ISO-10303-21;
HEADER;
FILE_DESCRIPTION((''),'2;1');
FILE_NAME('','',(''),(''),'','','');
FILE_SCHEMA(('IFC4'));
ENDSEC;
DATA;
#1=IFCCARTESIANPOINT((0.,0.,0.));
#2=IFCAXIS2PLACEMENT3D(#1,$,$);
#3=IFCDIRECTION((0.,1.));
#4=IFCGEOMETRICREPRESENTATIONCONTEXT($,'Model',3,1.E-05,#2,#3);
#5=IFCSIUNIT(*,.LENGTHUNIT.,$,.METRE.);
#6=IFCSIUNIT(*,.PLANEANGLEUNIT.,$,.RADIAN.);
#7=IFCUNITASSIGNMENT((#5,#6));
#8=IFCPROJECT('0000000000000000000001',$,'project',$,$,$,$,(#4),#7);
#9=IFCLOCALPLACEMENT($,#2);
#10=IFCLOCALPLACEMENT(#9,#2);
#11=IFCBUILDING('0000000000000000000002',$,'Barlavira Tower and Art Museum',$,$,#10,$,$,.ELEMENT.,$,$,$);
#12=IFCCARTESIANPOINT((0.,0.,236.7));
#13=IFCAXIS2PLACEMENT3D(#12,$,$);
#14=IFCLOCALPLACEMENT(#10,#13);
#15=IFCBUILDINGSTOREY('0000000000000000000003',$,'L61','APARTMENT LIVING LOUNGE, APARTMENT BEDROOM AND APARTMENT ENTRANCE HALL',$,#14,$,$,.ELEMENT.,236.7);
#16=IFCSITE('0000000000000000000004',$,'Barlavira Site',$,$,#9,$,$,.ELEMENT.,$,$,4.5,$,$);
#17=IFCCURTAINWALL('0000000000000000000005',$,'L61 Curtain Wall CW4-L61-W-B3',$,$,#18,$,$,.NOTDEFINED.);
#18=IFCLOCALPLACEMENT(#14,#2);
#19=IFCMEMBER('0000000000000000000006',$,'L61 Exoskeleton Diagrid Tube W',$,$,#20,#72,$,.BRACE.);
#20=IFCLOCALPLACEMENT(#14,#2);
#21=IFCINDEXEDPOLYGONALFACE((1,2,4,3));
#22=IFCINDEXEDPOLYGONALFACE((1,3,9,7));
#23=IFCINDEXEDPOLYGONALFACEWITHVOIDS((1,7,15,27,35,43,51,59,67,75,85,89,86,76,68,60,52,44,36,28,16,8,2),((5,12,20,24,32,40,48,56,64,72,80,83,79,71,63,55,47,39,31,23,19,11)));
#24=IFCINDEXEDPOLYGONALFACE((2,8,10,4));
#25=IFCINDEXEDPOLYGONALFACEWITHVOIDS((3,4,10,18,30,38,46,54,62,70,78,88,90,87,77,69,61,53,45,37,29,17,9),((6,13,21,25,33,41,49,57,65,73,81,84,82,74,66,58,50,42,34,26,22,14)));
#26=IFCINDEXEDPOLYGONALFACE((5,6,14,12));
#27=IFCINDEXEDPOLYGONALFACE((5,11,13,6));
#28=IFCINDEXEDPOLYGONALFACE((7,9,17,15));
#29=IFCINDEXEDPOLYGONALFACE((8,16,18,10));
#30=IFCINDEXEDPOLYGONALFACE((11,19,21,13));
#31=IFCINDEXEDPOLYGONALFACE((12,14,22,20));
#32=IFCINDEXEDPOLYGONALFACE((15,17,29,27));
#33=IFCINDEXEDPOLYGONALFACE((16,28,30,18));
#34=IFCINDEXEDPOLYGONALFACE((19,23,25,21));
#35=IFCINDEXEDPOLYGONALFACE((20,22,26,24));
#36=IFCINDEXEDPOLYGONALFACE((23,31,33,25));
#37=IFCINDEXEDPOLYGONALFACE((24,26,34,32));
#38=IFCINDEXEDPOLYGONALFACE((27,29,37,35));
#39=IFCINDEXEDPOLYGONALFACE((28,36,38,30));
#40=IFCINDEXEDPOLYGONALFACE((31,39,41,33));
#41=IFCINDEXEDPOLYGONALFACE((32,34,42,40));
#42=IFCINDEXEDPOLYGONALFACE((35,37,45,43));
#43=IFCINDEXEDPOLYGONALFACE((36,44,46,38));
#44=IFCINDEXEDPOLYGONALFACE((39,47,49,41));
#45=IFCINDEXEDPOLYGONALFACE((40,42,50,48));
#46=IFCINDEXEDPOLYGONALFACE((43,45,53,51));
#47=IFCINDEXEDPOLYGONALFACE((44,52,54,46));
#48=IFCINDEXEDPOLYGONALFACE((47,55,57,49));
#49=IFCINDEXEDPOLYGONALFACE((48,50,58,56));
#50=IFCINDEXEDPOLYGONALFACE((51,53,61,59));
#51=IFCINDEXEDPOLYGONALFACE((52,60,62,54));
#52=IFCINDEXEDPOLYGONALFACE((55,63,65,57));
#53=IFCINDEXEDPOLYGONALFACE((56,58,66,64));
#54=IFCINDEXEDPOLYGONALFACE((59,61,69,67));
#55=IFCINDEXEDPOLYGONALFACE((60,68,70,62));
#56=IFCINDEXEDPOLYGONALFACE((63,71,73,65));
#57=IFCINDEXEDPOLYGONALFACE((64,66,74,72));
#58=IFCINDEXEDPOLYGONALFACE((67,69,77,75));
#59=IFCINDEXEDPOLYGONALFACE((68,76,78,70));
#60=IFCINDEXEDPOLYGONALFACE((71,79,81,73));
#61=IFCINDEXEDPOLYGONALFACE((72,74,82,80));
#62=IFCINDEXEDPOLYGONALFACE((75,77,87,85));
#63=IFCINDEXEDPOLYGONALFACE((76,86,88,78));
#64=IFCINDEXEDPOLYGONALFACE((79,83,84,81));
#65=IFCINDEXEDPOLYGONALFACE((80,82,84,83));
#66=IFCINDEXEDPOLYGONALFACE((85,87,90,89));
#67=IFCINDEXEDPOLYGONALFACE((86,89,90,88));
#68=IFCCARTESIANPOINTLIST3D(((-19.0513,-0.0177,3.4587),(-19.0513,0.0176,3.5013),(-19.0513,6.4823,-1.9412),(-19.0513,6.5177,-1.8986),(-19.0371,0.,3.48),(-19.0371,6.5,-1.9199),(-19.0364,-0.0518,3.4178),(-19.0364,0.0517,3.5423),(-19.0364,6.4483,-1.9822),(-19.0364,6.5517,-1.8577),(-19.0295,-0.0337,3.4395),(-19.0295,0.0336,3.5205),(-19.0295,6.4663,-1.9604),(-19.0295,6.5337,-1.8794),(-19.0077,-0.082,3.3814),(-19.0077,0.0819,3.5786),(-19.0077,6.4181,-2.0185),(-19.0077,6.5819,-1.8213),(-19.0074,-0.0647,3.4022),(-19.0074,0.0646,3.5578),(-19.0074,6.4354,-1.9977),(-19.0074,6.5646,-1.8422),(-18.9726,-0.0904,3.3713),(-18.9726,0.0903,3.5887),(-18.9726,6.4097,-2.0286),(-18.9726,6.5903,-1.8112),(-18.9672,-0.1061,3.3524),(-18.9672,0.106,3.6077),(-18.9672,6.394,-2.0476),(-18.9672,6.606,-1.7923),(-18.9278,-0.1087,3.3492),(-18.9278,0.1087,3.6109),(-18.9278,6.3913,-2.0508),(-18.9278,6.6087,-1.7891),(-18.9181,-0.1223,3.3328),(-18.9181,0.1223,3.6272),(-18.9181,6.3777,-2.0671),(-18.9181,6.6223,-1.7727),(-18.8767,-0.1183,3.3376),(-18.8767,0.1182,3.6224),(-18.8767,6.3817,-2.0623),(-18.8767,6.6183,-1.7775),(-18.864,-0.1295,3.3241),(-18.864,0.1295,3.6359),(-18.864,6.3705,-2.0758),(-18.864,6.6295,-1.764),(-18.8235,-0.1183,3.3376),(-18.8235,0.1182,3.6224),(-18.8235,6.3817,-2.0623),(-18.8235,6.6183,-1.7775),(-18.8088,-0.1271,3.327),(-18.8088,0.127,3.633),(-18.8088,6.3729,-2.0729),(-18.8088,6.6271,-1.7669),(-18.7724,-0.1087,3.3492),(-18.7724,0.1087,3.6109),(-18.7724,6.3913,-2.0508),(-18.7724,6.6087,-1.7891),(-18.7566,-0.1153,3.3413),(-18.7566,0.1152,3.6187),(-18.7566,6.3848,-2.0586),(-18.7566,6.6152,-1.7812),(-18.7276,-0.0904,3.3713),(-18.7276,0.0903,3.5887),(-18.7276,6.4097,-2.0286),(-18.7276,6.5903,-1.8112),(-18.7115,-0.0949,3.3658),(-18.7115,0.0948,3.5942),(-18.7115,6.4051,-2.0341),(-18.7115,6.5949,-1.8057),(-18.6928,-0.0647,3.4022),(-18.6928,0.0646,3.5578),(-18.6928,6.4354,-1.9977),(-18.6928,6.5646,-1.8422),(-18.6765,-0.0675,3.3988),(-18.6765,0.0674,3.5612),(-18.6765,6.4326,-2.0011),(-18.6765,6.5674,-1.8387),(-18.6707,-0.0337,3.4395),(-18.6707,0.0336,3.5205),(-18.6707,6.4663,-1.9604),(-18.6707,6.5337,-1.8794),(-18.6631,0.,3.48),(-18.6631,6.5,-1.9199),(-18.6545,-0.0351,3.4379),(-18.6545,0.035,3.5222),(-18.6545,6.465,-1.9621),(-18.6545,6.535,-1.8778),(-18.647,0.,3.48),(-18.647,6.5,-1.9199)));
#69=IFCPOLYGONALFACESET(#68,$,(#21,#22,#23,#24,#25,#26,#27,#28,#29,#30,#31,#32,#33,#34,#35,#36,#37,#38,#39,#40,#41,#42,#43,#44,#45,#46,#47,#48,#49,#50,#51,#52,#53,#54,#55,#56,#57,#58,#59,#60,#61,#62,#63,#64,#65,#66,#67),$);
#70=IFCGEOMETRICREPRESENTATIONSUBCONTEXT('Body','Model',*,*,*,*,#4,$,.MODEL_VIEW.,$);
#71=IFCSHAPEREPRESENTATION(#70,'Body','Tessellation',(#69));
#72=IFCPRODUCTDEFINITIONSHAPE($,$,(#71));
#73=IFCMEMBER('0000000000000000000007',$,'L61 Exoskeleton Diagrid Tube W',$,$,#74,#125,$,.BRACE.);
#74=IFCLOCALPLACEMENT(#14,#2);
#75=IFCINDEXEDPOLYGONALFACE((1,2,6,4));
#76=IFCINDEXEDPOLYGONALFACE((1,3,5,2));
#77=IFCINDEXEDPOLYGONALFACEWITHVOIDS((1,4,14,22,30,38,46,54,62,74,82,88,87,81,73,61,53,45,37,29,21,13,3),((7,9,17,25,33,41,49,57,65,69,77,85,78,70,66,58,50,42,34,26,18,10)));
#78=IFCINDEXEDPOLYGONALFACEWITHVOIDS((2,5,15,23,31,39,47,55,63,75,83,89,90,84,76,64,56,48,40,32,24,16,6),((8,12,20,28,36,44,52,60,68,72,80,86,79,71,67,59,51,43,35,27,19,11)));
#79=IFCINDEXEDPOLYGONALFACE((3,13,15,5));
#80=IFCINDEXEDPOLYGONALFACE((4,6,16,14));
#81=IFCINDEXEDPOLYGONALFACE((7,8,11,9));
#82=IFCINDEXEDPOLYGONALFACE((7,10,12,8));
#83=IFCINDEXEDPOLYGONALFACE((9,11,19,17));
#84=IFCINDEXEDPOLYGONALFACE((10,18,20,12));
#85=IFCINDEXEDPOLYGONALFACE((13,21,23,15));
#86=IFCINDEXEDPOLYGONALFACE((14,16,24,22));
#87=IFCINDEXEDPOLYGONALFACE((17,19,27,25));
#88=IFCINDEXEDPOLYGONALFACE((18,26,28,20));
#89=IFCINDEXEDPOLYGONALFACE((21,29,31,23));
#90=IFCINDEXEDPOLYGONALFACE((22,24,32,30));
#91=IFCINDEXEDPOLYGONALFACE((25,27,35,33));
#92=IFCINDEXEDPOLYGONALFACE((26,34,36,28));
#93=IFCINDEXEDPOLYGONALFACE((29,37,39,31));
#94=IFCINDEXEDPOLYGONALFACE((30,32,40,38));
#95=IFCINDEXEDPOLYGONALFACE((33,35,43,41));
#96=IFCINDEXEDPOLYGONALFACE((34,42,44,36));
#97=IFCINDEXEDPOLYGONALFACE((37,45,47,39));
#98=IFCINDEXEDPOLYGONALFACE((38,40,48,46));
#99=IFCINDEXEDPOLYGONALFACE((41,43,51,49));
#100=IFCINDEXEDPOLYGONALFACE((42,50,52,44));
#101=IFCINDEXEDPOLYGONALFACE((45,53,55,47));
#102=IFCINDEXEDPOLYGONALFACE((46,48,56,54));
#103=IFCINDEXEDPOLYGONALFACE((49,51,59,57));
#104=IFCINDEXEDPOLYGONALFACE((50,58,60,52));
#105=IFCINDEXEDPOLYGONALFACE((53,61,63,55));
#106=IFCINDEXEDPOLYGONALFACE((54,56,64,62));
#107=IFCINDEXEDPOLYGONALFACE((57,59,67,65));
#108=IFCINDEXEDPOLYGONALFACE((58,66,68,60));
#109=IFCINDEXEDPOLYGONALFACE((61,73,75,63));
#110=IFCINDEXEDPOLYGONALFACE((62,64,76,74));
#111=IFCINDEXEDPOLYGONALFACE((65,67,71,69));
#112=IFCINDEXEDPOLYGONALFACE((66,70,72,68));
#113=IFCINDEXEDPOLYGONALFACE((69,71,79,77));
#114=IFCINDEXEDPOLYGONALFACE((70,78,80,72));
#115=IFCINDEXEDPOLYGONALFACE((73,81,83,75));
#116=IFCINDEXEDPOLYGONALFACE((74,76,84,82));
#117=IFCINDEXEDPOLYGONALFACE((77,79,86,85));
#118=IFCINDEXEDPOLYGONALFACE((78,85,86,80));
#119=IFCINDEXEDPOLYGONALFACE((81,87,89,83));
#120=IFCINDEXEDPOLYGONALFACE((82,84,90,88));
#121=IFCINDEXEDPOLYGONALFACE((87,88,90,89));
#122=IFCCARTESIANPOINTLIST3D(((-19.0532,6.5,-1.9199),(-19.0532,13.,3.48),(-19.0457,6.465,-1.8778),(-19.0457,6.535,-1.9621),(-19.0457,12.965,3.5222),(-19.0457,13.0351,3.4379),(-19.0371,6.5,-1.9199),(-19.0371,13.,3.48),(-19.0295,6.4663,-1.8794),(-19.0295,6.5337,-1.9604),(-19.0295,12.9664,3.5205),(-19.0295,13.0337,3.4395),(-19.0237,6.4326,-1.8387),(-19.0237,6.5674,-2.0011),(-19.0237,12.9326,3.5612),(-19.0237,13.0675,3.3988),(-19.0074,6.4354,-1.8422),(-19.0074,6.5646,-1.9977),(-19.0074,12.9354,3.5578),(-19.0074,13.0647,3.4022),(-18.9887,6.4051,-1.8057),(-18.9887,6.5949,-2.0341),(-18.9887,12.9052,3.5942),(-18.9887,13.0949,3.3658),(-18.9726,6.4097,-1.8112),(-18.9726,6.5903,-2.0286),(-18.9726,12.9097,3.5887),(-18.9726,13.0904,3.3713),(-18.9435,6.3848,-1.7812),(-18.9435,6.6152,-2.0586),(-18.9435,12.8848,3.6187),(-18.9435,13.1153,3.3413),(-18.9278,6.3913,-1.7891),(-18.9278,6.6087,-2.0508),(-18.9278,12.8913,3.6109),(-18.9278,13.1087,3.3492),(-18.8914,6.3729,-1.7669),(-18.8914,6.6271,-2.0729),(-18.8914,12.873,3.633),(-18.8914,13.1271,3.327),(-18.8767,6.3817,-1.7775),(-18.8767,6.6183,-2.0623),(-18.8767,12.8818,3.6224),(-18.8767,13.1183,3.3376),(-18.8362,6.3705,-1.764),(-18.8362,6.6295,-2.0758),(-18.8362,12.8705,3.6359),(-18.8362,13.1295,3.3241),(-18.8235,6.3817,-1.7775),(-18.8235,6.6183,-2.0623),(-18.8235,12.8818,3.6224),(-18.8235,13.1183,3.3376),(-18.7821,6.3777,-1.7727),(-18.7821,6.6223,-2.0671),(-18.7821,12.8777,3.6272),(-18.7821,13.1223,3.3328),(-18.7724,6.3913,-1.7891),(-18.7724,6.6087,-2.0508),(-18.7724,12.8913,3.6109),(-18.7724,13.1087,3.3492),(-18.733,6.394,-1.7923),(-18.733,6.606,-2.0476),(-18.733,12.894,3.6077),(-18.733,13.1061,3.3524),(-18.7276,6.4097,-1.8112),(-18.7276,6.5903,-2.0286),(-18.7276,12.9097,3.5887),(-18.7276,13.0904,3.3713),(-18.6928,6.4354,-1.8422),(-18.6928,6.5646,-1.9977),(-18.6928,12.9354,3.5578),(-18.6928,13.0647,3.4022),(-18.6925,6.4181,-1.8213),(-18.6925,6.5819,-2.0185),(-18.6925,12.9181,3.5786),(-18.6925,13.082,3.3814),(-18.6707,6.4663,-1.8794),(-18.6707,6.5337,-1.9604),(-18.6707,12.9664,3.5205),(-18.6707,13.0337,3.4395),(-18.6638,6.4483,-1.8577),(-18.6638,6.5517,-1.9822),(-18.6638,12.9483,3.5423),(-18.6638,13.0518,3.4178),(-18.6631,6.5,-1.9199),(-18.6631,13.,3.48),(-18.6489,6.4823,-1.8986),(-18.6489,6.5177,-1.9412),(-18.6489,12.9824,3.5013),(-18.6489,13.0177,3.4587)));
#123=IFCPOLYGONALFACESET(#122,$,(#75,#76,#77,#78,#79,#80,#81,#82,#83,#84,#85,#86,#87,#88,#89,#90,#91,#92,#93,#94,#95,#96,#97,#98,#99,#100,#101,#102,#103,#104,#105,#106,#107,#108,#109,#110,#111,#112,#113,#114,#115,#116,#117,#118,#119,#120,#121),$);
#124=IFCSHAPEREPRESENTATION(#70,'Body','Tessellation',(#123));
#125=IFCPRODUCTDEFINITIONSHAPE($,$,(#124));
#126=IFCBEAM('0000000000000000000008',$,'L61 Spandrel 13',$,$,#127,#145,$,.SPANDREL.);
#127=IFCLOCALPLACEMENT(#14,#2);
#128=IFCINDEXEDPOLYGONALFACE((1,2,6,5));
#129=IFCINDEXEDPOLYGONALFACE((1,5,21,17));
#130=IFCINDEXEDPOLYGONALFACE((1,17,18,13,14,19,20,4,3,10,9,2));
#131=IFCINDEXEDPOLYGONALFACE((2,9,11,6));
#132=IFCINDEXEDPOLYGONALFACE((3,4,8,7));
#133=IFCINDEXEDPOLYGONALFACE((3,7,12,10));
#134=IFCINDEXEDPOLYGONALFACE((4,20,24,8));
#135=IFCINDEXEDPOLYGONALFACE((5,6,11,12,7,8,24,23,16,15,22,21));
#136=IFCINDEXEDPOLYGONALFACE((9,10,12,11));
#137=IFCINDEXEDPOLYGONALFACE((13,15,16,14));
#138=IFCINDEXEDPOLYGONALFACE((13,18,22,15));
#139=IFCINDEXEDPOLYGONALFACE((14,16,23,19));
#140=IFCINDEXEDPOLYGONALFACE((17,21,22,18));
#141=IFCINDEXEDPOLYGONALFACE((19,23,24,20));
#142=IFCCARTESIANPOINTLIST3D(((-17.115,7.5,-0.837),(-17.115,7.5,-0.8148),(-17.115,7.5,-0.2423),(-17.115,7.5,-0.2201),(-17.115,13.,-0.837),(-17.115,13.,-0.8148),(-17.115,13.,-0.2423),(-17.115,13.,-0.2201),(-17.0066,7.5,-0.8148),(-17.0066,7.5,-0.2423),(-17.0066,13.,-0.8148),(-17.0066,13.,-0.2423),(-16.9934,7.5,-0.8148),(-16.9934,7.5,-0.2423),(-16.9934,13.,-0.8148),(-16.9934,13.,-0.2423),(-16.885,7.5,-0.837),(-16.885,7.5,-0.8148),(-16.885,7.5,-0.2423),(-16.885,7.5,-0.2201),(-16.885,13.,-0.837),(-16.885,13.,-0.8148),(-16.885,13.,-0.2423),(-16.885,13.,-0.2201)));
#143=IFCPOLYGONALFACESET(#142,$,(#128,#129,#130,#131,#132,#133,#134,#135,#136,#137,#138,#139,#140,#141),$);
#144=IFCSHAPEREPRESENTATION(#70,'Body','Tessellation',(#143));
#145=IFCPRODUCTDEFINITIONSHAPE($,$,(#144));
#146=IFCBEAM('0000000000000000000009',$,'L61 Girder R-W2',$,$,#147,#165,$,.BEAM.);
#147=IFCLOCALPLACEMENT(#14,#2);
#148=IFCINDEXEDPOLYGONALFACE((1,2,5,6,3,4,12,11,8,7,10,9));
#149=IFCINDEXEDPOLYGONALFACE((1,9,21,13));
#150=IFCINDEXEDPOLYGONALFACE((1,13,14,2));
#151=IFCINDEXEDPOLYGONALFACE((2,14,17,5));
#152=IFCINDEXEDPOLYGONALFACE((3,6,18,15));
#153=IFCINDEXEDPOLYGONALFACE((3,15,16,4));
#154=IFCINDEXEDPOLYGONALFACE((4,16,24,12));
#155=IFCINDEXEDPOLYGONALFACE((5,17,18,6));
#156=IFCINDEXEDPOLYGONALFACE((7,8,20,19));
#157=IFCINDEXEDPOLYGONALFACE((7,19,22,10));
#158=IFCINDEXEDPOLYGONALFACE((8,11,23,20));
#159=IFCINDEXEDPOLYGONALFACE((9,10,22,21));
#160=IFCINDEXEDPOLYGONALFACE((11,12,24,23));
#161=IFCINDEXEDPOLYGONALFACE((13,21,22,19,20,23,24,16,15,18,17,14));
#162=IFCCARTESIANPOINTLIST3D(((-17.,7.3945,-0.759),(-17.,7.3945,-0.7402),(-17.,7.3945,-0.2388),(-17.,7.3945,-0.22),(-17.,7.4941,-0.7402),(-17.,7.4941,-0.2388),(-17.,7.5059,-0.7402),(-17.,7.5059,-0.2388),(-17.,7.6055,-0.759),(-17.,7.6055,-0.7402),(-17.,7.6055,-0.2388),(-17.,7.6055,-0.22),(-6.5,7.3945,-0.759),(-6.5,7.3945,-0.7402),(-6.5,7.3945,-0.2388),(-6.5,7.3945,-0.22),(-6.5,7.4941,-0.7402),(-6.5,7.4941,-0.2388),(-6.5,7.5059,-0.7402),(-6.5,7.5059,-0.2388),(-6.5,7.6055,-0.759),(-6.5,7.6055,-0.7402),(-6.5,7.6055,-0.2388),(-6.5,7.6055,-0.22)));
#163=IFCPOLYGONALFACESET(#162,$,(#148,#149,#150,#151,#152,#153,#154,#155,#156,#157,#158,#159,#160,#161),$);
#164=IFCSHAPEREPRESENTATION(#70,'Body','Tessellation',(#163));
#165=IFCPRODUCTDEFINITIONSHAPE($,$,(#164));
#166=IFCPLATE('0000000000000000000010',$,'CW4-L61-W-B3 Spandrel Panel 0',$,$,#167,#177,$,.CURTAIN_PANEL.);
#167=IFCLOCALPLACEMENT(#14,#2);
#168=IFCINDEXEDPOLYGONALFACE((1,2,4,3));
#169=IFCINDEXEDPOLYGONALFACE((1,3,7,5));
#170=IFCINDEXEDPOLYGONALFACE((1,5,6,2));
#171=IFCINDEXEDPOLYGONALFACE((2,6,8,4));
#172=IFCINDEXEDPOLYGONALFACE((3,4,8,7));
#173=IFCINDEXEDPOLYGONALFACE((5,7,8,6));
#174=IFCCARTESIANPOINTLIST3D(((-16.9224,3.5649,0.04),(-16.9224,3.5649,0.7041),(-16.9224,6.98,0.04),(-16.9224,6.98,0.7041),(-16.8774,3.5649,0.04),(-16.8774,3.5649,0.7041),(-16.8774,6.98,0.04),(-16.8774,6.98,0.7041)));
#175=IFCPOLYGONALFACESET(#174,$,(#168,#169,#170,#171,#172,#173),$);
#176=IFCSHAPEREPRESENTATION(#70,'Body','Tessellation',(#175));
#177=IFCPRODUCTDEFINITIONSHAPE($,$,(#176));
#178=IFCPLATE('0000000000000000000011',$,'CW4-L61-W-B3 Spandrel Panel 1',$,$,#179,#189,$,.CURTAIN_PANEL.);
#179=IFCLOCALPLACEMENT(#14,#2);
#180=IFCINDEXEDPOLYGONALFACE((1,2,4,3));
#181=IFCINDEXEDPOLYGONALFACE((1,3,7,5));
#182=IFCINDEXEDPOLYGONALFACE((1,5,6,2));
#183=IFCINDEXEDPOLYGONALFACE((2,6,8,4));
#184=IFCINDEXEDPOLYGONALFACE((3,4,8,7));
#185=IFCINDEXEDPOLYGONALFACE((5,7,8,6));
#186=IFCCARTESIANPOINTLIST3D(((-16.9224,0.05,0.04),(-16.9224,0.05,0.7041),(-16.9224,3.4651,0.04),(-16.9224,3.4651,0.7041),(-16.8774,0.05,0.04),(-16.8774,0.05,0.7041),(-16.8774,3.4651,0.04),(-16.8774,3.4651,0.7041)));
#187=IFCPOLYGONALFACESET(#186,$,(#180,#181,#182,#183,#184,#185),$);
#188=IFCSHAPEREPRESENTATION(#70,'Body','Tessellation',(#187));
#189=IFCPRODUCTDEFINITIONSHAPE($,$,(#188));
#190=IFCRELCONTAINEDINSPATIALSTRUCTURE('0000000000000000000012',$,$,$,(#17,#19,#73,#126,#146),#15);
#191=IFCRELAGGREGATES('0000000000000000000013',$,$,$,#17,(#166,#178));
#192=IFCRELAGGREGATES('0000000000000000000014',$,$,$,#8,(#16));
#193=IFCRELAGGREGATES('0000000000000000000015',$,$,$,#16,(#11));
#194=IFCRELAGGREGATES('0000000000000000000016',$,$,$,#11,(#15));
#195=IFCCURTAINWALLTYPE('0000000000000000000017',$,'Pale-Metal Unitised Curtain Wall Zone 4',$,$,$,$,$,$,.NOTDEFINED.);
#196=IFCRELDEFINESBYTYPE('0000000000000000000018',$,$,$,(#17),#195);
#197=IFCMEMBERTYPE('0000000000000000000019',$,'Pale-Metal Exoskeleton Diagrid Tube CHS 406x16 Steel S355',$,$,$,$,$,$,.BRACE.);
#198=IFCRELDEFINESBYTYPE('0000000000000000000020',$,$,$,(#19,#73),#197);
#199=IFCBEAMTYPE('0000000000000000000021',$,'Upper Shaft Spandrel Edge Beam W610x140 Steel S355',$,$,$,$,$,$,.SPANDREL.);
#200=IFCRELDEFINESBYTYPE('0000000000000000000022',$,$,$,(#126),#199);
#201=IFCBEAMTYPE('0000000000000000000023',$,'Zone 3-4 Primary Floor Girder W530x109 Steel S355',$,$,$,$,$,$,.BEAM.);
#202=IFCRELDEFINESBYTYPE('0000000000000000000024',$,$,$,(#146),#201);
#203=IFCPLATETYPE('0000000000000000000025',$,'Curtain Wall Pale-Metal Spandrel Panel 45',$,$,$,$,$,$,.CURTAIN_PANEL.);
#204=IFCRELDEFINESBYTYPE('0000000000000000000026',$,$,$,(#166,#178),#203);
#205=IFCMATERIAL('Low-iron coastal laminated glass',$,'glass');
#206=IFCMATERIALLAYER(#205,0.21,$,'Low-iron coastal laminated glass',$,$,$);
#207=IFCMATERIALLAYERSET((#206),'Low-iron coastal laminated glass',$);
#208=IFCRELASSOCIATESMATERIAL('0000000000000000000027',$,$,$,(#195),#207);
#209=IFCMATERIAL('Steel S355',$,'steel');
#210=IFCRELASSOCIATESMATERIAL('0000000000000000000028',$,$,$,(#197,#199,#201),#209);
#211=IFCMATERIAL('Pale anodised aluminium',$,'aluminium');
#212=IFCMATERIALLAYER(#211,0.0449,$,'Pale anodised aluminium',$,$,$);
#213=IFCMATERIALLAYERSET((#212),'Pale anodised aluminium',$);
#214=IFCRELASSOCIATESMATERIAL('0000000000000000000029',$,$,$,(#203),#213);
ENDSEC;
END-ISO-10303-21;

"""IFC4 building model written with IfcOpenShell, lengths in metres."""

from ifc_helpers import new_model, si_unit, direction, frame, origin, origin_2d, place, context, subcontext, project, spatial, rectangle, hollow_circle, i_section, extrude, material, layer, layer_set, material_profile, profile_set, type_object, element, aggregate, save


model = new_model("IFC4")

# Units and contexts
model_context = context("Model", 3, precision=1e-05, world=origin(), true_north=direction((0.0, 1.0)))
body_context = subcontext(model_context, "Body", "Model", "MODEL_VIEW")
ifc_project = project(units=[si_unit("LENGTHUNIT", "METRE"), si_unit("PLANEANGLEUNIT", "RADIAN")], contexts=[model_context])

# Site, building, storey
site_placement = place(None, origin())
site = spatial("IfcSite", under=ifc_project, at=site_placement, Name="Barlavira Site", CompositionType="ELEMENT", RefElevation=4.5)
building_placement = place(site_placement, origin())
building = spatial("IfcBuilding", under=site, at=building_placement, Name="Barlavira Tower and Art Museum", CompositionType="ELEMENT")
storey_placement = place(building_placement, frame((0.0, 0.0, 236.7)))
storey = spatial("IfcBuildingStorey", under=building, at=storey_placement, Name="L61", Description="APARTMENT LIVING LOUNGE, APARTMENT BEDROOM AND APARTMENT ENTRANCE HALL", CompositionType="ELEMENT", Elevation=236.7)

# Curtain wall
ifc_material_1 = material(Name="Low-iron coastal laminated glass", Category="glass")
ifc_layer_1 = layer(ifc_material_1, 0.21, Name="Low-iron coastal laminated glass")
ifc_layer_set_1 = layer_set([ifc_layer_1], Name="Low-iron coastal laminated glass")
curtain_wall_type = type_object("IfcCurtainWallType", Name="Pale-Metal Unitised Curtain Wall Zone 4", PredefinedType="NOTDEFINED", material=ifc_layer_set_1)
curtain_wall_placement = place(storey_placement, origin())
curtain_wall = element("IfcCurtainWall", 1, at=curtain_wall_placement, inside=storey, type_object=curtain_wall_type, Name="L61 Curtain Wall CW4-L61-W-B3", PredefinedType="NOTDEFINED")
ifc_material_2 = material(Name="Pale anodised aluminium", Category="aluminium")

# Members
ifc_material_3 = material(Name="Steel S355", Category="steel")
ifc_material_profile_1 = material_profile(ifc_material_3, hollow_circle(Radius=0.2031, WallThickness=0.0161, at=origin_2d()), Name="CHS 406.4x16.0")
ifc_profile_set_1 = profile_set([ifc_material_profile_1], Name="Steel S355")
member_type_1 = type_object("IfcMemberType", Name="Pale-Metal Exoskeleton Diagrid Tube CHS 406x16 Steel S355", PredefinedType="BRACE", material=ifc_profile_set_1)
for number, where, z_axis, x_axis, name in (
    (2, (-18.8501, 6.5, -1.9199), (0.0, -0.769196, 0.639013), (1.0, 0.0, 0.0), "L61 Exoskeleton Diagrid Tube W"),
    (3, (-18.8501, 6.5, -1.9199), (0.0, 0.769196, 0.639013), (-1.0, 0.0, 0.0), "L61 Exoskeleton Diagrid Tube W"),
):
    element("IfcMember", number, at=place(storey_placement, frame(where, z_axis=z_axis, x_axis=x_axis)), inside=storey, type_object=member_type_1, Name=name, PredefinedType="BRACE", context=body_context, shape_type="SweptSolid", body=[
        extrude(hollow_circle(Radius=0.2031, WallThickness=0.0161, at=origin_2d()), origin(), (0.0, 0.0, 1.0), 8.4504),
    ])

# Beams
ifc_material_profile_2 = material_profile(ifc_material_3, i_section(OverallWidth=0.23, OverallDepth=0.6169, WebThickness=0.0132, FlangeThickness=0.0222, at=origin_2d()), Name="W610x140.0")
ifc_profile_set_2 = profile_set([ifc_material_profile_2], Name="Steel S355")
beam_type_1 = type_object("IfcBeamType", Name="Upper Shaft Spandrel Edge Beam W610x140 Steel S355", PredefinedType="SPANDREL", material=ifc_profile_set_2)
beam_1_placement = place(storey_placement, frame((-17.0, 7.5, -0.5286), z_axis=(0.0, 1.0, 0.0), x_axis=(-1.0, 0.0, 0.0)))
element("IfcBeam", 4, at=beam_1_placement, inside=storey, type_object=beam_type_1, Name="L61 Spandrel 13", PredefinedType="SPANDREL", context=body_context, shape_type="SweptSolid", body=[
    extrude(i_section(OverallWidth=0.23, OverallDepth=0.6169, WebThickness=0.0132, FlangeThickness=0.0222, at=origin_2d()), origin(), (0.0, 0.0, 1.0), 5.5),
])
ifc_material_profile_3 = material_profile(ifc_material_3, i_section(OverallWidth=0.2109, OverallDepth=0.5391, WebThickness=0.0117, FlangeThickness=0.0188, at=origin_2d()), Name="W530x109.0")
ifc_profile_set_3 = profile_set([ifc_material_profile_3], Name="Steel S355")
beam_type_2 = type_object("IfcBeamType", Name="Zone 3-4 Primary Floor Girder W530x109 Steel S355", PredefinedType="BEAM", material=ifc_profile_set_3)
beam_2_placement = place(storey_placement, frame((-17.0, 7.5, -0.4895), z_axis=(1.0, 0.0, 0.0), x_axis=(0.0, 1.0, 0.0)))
element("IfcBeam", 5, at=beam_2_placement, inside=storey, type_object=beam_type_2, Name="L61 Girder R-W2", PredefinedType="BEAM", context=body_context, shape_type="SweptSolid", body=[
    extrude(i_section(OverallWidth=0.2109, OverallDepth=0.5391, WebThickness=0.0117, FlangeThickness=0.0188, at=origin_2d()), origin(), (0.0, 0.0, 1.0), 10.5),
])

# Plates
ifc_layer_2 = layer(ifc_material_2, 0.0449, Name="Pale anodised aluminium")
ifc_layer_set_2 = layer_set([ifc_layer_2], Name="Pale anodised aluminium")
plate_type_1 = type_object("IfcPlateType", Name="Curtain Wall Pale-Metal Spandrel Panel 45", PredefinedType="CURTAIN_PANEL", material=ifc_layer_set_2)
plate_1_placement = place(storey_placement, frame((-16.8999, 5.2725, 0.04), z_axis=(0.0, 0.0, 1.0), x_axis=(0.0, -1.0, 0.0)))
plate_1 = element("IfcPlate", 6, at=plate_1_placement, type_object=plate_type_1, Name="CW4-L61-W-B3 Spandrel Panel 0", PredefinedType="CURTAIN_PANEL", context=body_context, shape_type="SweptSolid", body=[
    extrude(rectangle(XDim=3.415, YDim=0.0449, at=origin_2d()), origin(), (0.0, 0.0, 1.0), 0.6641),
])
plate_2_placement = place(storey_placement, frame((-16.8999, 1.7576, 0.04), z_axis=(0.0, 0.0, 1.0), x_axis=(0.0, -1.0, 0.0)))
plate_2 = element("IfcPlate", 7, at=plate_2_placement, type_object=plate_type_1, Name="CW4-L61-W-B3 Spandrel Panel 1", PredefinedType="CURTAIN_PANEL", context=body_context, shape_type="SweptSolid", body=[
    extrude(rectangle(XDim=3.415, YDim=0.0449, at=origin_2d()), origin(), (0.0, 0.0, 1.0), 0.6641),
])
aggregate(curtain_wall, [plate_1, plate_2])

save(model, "model.ifc")
